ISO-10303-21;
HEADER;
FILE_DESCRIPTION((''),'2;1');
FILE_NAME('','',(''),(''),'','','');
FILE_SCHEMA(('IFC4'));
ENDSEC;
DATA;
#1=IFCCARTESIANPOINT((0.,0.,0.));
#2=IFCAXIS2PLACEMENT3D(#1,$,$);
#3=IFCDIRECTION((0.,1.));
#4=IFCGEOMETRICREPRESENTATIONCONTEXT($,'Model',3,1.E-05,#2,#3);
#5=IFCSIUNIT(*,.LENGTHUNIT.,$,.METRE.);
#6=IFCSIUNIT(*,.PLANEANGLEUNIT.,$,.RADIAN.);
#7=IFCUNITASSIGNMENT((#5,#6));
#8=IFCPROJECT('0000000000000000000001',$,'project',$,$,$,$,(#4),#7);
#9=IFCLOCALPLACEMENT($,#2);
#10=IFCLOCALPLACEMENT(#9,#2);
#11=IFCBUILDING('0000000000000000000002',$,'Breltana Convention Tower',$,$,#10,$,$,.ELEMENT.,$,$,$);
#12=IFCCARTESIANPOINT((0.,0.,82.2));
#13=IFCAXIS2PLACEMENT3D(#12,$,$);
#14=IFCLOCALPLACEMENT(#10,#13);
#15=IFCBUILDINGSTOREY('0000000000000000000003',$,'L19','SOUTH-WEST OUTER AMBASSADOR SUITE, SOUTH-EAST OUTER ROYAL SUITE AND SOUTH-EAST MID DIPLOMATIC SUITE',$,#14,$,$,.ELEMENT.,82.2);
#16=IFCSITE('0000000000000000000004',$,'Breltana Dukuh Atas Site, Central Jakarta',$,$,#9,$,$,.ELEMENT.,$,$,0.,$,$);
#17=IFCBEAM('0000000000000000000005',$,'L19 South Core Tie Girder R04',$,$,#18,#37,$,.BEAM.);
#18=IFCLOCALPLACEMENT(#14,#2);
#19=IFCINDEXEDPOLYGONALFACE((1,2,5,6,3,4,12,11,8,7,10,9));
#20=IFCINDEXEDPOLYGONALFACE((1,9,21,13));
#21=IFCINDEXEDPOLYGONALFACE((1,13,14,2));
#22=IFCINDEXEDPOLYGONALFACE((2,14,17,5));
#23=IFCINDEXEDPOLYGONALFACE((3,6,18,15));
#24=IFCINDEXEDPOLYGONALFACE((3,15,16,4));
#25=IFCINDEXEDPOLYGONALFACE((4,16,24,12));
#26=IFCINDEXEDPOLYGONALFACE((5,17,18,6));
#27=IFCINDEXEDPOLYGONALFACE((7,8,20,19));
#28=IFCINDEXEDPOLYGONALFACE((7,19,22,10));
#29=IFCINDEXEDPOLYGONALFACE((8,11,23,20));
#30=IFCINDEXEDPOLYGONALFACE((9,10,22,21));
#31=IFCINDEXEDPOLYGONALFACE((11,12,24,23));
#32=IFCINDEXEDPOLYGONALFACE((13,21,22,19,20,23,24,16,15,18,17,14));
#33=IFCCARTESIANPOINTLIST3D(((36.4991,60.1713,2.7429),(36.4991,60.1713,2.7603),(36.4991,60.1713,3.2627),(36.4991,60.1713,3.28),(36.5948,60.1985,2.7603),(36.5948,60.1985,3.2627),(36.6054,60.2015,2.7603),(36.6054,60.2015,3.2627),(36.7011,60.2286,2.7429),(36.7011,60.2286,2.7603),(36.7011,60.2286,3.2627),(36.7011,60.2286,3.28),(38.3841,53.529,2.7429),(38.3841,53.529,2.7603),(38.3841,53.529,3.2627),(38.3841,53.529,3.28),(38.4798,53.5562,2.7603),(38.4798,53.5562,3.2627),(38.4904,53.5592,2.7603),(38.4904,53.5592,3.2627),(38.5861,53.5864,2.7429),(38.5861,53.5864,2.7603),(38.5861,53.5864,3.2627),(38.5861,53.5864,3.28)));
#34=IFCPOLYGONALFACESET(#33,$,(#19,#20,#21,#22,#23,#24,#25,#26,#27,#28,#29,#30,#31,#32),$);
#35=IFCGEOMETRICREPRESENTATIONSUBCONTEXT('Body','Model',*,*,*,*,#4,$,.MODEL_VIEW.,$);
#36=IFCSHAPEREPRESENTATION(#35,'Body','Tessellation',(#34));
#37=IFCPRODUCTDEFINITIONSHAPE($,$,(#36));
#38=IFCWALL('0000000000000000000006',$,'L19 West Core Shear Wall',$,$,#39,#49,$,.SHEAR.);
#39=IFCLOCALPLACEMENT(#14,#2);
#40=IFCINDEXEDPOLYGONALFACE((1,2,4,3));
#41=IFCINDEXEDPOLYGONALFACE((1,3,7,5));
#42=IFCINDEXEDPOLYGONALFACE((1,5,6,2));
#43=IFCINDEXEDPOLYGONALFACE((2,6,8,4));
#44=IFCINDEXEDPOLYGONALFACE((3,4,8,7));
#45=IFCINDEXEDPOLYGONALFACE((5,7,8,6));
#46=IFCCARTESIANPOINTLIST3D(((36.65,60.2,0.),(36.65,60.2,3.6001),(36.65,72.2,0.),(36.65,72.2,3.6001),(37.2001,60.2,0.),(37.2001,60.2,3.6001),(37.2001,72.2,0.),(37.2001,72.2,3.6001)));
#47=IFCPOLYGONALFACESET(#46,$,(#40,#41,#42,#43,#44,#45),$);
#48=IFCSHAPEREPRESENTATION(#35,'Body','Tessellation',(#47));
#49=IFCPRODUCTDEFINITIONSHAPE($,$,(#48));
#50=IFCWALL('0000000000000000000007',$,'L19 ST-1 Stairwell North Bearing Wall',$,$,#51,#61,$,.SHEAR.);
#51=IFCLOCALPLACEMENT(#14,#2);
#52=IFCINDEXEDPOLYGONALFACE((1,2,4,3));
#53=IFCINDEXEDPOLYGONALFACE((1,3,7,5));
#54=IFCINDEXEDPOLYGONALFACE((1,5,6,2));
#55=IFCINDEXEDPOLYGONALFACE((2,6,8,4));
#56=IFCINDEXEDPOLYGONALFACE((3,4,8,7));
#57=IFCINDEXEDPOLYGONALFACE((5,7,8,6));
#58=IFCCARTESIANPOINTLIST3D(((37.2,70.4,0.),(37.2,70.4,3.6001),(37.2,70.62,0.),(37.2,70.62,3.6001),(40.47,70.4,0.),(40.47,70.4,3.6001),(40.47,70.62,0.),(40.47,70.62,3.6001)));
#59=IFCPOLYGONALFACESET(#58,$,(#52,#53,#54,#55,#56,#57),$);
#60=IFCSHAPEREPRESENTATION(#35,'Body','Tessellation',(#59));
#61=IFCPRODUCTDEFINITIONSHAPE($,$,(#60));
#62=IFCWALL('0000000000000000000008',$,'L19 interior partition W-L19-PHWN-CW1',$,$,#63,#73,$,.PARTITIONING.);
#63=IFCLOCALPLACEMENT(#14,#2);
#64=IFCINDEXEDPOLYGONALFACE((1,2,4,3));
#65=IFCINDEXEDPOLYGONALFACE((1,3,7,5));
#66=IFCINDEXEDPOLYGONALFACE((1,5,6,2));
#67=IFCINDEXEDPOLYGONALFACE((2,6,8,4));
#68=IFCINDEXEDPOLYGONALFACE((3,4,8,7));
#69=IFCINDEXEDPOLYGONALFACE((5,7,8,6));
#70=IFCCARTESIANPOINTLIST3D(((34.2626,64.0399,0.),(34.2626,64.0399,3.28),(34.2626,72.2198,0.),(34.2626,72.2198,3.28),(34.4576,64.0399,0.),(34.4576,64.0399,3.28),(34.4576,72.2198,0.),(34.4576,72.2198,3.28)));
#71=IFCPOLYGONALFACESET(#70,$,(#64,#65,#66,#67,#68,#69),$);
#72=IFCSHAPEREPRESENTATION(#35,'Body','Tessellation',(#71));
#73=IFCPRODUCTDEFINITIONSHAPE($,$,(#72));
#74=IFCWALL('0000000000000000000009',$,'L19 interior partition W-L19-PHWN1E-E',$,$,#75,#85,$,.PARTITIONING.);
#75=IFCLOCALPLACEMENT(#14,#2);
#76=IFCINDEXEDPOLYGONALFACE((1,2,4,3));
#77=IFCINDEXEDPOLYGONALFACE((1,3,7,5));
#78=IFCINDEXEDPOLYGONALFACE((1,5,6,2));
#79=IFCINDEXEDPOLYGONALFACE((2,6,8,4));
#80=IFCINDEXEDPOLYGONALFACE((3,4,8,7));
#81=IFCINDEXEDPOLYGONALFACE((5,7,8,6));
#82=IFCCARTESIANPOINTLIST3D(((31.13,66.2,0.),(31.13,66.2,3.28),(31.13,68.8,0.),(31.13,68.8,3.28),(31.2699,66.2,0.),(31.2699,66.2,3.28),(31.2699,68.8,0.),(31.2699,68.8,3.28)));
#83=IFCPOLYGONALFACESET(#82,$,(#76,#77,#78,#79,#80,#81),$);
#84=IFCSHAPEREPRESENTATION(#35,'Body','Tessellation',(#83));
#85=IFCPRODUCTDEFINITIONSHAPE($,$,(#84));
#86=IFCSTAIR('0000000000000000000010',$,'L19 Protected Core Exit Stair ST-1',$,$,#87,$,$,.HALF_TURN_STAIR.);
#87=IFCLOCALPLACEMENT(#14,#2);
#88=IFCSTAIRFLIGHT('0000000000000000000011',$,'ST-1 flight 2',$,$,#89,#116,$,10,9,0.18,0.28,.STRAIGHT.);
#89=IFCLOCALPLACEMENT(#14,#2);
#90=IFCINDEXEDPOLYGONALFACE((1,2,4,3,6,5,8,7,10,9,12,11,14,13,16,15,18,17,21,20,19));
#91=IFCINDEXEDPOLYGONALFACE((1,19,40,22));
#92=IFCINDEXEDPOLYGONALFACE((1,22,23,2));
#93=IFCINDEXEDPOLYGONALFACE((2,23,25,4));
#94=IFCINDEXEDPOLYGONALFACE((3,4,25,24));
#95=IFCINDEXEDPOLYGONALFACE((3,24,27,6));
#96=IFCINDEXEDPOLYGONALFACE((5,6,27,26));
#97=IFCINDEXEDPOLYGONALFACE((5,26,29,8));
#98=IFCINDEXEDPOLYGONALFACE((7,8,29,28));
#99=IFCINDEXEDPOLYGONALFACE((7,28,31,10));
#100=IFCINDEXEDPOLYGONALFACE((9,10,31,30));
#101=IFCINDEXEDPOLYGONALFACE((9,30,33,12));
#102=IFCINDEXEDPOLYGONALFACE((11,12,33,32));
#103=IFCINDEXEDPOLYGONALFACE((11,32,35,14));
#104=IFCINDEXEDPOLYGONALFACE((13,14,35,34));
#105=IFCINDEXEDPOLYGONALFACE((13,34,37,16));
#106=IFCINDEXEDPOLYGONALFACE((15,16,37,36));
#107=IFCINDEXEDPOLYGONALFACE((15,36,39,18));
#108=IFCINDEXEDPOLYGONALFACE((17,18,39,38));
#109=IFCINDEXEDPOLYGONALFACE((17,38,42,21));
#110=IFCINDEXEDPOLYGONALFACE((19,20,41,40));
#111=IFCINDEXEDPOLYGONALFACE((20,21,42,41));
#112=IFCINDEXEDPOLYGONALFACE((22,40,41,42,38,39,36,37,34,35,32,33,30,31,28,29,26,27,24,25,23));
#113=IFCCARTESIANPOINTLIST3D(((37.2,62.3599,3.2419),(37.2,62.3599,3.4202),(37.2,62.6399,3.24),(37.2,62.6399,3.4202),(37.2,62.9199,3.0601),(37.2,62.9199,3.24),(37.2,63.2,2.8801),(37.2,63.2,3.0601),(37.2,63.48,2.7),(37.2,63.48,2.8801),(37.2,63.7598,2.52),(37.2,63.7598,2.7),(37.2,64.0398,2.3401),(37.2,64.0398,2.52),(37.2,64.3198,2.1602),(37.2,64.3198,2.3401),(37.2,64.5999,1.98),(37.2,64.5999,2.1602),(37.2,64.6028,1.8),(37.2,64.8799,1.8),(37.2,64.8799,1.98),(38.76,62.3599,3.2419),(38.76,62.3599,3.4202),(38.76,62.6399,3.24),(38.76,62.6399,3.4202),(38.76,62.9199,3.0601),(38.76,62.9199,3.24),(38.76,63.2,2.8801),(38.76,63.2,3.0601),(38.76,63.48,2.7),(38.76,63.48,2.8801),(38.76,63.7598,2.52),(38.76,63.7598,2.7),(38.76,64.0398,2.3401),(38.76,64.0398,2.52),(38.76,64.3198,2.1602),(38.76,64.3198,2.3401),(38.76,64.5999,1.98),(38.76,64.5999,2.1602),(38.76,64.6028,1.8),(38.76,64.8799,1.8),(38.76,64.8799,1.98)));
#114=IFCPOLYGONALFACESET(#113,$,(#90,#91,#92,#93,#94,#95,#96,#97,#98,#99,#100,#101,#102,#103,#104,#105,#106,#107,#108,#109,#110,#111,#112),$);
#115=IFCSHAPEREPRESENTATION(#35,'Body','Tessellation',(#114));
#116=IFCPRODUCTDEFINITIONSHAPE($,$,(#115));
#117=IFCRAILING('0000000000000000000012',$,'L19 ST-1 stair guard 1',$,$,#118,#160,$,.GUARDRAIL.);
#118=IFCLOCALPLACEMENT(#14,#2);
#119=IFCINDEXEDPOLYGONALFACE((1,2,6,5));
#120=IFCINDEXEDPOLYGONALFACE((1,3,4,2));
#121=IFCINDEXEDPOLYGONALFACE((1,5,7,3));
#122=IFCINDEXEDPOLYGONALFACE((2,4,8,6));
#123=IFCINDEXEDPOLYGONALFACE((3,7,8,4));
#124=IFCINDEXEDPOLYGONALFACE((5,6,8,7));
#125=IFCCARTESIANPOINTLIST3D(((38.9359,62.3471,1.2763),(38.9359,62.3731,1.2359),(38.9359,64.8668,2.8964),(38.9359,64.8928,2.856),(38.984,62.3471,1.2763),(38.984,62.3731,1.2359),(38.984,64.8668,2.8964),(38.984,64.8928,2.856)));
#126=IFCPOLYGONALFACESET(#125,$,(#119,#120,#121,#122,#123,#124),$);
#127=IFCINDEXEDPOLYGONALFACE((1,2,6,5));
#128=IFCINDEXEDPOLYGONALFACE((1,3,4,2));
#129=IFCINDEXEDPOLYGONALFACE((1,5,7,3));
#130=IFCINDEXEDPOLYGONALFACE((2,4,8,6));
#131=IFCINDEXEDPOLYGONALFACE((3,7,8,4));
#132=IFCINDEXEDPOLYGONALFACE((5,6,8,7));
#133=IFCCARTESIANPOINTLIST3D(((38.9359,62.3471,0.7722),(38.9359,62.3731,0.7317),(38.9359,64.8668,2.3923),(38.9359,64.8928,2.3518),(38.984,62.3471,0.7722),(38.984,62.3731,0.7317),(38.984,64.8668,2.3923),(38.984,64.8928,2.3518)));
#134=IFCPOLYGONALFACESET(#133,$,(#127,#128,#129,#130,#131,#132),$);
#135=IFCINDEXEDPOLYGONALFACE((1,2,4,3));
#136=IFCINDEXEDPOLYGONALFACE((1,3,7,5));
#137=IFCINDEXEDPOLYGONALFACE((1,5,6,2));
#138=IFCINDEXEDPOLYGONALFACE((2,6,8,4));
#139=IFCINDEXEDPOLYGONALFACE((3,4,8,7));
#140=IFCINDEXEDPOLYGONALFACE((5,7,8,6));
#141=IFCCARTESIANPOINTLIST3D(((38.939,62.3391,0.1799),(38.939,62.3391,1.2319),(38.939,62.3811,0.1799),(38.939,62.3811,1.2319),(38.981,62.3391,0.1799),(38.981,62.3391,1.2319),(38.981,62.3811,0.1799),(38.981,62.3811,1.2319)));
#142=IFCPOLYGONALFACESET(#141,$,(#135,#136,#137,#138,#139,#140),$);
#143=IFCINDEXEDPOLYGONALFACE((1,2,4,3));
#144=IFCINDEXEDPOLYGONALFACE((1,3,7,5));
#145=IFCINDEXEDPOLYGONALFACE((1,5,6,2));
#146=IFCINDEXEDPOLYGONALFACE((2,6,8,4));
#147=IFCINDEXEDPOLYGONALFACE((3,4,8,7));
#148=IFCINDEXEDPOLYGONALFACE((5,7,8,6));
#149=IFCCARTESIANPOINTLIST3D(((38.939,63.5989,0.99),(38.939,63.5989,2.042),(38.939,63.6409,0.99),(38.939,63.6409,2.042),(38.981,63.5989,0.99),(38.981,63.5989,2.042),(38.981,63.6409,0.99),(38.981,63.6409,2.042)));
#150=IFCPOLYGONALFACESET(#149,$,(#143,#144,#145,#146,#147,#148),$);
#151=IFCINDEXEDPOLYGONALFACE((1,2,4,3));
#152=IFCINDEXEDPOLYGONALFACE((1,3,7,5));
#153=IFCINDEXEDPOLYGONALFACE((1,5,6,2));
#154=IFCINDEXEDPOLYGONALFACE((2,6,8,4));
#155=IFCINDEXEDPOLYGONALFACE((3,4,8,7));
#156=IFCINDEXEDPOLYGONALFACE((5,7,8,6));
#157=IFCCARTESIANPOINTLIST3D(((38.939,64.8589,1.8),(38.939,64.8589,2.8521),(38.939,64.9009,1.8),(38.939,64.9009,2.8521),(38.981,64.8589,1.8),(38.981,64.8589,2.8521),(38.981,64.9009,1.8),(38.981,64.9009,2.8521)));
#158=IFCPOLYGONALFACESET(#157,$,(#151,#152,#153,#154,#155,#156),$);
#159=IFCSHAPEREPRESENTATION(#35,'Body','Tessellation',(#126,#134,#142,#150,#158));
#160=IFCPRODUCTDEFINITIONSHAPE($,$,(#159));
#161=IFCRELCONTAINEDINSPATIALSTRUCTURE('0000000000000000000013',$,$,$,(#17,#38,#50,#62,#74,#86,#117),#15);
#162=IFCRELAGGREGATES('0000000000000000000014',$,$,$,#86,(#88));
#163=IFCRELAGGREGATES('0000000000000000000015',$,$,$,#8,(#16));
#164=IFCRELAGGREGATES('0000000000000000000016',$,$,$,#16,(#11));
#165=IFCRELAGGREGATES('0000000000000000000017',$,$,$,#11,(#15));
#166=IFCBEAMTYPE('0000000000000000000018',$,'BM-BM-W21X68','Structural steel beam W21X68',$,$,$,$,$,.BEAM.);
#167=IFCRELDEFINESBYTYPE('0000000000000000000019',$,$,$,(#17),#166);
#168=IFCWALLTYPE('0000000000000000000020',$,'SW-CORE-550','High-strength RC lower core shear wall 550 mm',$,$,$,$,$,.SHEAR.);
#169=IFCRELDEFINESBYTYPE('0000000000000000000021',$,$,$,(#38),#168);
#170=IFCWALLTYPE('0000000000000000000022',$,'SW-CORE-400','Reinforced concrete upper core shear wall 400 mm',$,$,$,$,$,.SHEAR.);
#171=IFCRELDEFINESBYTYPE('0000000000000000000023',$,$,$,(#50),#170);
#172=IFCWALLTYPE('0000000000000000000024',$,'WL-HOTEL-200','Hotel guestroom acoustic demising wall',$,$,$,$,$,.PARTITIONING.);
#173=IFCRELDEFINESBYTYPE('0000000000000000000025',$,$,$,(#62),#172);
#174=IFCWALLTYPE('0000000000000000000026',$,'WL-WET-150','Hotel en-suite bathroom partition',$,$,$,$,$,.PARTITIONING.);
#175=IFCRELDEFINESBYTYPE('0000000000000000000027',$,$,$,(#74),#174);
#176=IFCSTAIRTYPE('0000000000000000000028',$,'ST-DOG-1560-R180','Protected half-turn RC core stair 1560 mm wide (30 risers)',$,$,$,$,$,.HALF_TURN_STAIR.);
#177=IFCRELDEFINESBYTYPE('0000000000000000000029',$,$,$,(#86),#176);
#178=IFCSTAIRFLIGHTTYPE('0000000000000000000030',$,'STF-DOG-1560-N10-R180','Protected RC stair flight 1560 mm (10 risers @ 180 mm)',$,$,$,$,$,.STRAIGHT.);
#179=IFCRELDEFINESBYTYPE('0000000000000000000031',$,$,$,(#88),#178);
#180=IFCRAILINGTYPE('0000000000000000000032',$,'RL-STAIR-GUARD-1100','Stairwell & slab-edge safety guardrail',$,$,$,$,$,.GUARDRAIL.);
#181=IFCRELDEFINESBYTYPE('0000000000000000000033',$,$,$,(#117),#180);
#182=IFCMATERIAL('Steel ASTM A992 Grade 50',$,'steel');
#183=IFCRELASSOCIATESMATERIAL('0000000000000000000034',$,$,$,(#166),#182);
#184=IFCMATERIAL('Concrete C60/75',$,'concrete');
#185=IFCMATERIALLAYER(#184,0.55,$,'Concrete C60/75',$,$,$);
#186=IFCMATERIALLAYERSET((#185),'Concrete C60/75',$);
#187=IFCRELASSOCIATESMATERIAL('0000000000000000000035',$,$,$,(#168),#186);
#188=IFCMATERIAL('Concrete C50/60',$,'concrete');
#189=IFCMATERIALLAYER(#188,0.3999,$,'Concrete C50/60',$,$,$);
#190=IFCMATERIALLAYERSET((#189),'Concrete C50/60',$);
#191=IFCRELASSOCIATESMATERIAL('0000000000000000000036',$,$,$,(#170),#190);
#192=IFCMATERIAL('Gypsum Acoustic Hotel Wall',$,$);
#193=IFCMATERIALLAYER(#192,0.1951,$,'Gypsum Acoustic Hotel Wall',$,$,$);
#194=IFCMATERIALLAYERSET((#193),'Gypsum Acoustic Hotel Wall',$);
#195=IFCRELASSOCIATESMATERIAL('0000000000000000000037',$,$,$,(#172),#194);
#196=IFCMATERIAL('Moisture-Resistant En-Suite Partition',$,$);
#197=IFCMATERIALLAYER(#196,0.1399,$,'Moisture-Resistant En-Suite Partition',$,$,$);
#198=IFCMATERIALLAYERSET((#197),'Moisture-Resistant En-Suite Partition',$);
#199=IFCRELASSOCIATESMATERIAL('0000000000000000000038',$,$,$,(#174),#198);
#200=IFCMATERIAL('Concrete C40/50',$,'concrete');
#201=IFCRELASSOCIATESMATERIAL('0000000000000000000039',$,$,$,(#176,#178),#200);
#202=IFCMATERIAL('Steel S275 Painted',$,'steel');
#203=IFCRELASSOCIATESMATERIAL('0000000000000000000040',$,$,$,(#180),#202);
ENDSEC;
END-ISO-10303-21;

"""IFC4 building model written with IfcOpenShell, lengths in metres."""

from ifc_helpers import new_model, si_unit, direction, frame, frame_2d, origin, origin_2d, place, context, subcontext, project, spatial, polyline, rectangle, i_section, outline, extrude, source, transform, mapped, material, layer, layer_set, material_profile, profile_set, type_object, type_shapes, element, aggregate, save


model = new_model("IFC4")

# Units and contexts
model_context = context("Model", 3, precision=1e-05, world=origin(), true_north=direction((0.0, 1.0)))
body_context = subcontext(model_context, "Body", "Model", "MODEL_VIEW")
ifc_project = project(units=[si_unit("LENGTHUNIT", "METRE"), si_unit("PLANEANGLEUNIT", "RADIAN")], contexts=[model_context])

# Site, building, storey
site_placement = place(None, origin())
site = spatial("IfcSite", under=ifc_project, at=site_placement, Name="Breltana Dukuh Atas Site, Central Jakarta", CompositionType="ELEMENT", RefElevation=0.0)
building_placement = place(site_placement, origin())
building = spatial("IfcBuilding", under=site, at=building_placement, Name="Breltana Convention Tower", CompositionType="ELEMENT")
storey_placement = place(building_placement, frame((0.0, 0.0, 82.2)))
storey = spatial("IfcBuildingStorey", under=building, at=storey_placement, Name="L19", Description="SOUTH-WEST OUTER AMBASSADOR SUITE, SOUTH-EAST OUTER ROYAL SUITE AND SOUTH-EAST MID DIPLOMATIC SUITE", CompositionType="ELEMENT", Elevation=82.2)

# Beam
ifc_material_1 = material(Name="Steel ASTM A992 Grade 50", Category="steel")
ifc_material_profile = material_profile(ifc_material_1, i_section(OverallWidth=0.21, OverallDepth=0.5371, WebThickness=0.011, FlangeThickness=0.0173, at=origin_2d()), Name="W21X68")
ifc_profile_set = profile_set([ifc_material_profile], Name="Steel ASTM A992 Grade 50")
beam_type = type_object("IfcBeamType", Name="BM-BM-W21X68", Description="Structural steel beam W21X68", PredefinedType="BEAM", material=ifc_profile_set)
shared_shape_1 = source(origin(), body_context, "Body", "SweptSolid", [
    extrude(i_section(OverallWidth=0.21, OverallDepth=0.5371, WebThickness=0.011, FlangeThickness=0.0173, at=origin_2d()), origin(), (0.0, 0.0, 1.0), 6.9045),
])
type_shapes(beam_type, [shared_shape_1])
beam_placement = place(storey_placement, frame((36.6001, 60.2, 3.0115), z_axis=(0.273007, -0.962012, 0.0), x_axis=(0.962012, 0.273007, 0.0)))
element("IfcBeam", 1, at=beam_placement, inside=storey, type_object=beam_type, Name="L19 South Core Tie Girder R04", PredefinedType="BEAM", context=body_context, shape_type="MappedRepresentation", body=[
    mapped(shared_shape_1, transform((0.0, 0.0, 0.0), scale=1.0)),
])

# Wall
ifc_material_2 = material(Name="Concrete C60/75", Category="concrete")
ifc_layer_1 = layer(ifc_material_2, 0.55, Name="Concrete C60/75")
ifc_layer_set_1 = layer_set([ifc_layer_1], Name="Concrete C60/75")
wall_type_1 = type_object("IfcWallType", Name="SW-CORE-550", Description="High-strength RC lower core shear wall 550 mm", PredefinedType="SHEAR", material=ifc_layer_set_1)
shared_shape_2 = source(origin(), body_context, "Body", "SweptSolid", [
    extrude(rectangle(XDim=12.0, YDim=0.55, at=frame_2d((6.0, 0.0))), origin(), (0.0, 0.0, 1.0), 3.6001),
])
wall_1_placement = place(storey_placement, frame((36.925, 60.2, 0.0), z_axis=(0.0, 0.0, 1.0), x_axis=(0.0, 1.0, 0.0)))
element("IfcWall", 2, at=wall_1_placement, inside=storey, type_object=wall_type_1, Name="L19 West Core Shear Wall", PredefinedType="SHEAR", context=body_context, shape_type="MappedRepresentation", body=[
    mapped(shared_shape_2, transform((0.0, 0.0, 0.0), scale=1.0)),
])

# Walls
ifc_material_3 = material(Name="Concrete C50/60", Category="concrete")
ifc_layer_2 = layer(ifc_material_3, 0.3999, Name="Concrete C50/60")
ifc_layer_set_2 = layer_set([ifc_layer_2], Name="Concrete C50/60")
wall_type_2 = type_object("IfcWallType", Name="SW-CORE-400", Description="Reinforced concrete upper core shear wall 400 mm", PredefinedType="SHEAR", material=ifc_layer_set_2)
shared_shape_3 = source(origin(), body_context, "Body", "SweptSolid", [
    extrude(rectangle(XDim=3.27, YDim=0.22, at=frame_2d((1.635, 0.0))), origin(), (0.0, 0.0, 1.0), 3.6001),
])
wall_2_placement = place(storey_placement, frame((37.2, 70.51, 0.0), z_axis=(0.0, 0.0, 1.0), x_axis=(1.0, 0.0, 0.0)))
element("IfcWall", 3, at=wall_2_placement, inside=storey, type_object=wall_type_2, Name="L19 ST-1 Stairwell North Bearing Wall", PredefinedType="SHEAR", context=body_context, shape_type="MappedRepresentation", body=[
    mapped(shared_shape_3, transform((0.0, 0.0, 0.0), scale=1.0)),
])
ifc_material_4 = material(Name="Gypsum Acoustic Hotel Wall")
ifc_layer_3 = layer(ifc_material_4, 0.1951, Name="Gypsum Acoustic Hotel Wall")
ifc_layer_set_3 = layer_set([ifc_layer_3], Name="Gypsum Acoustic Hotel Wall")
wall_type_3 = type_object("IfcWallType", Name="WL-HOTEL-200", Description="Hotel guestroom acoustic demising wall", PredefinedType="PARTITIONING", material=ifc_layer_set_3)
shared_shape_4 = source(origin(), body_context, "Body", "SweptSolid", [
    extrude(rectangle(XDim=8.1799, YDim=0.1951, at=frame_2d((4.0898, 0.0))), origin(), (0.0, 0.0, 1.0), 3.28),
])
wall_3_placement = place(storey_placement, frame((34.3601, 64.04, 0.0), z_axis=(0.0, 0.0, 1.0), x_axis=(0.0, 1.0, 0.0)))
element("IfcWall", 4, at=wall_3_placement, inside=storey, type_object=wall_type_3, Name="L19 interior partition W-L19-PHWN-CW1", PredefinedType="PARTITIONING", context=body_context, shape_type="MappedRepresentation", body=[
    mapped(shared_shape_4, transform((0.0, 0.0, 0.0), scale=1.0)),
])
ifc_material_5 = material(Name="Moisture-Resistant En-Suite Partition")
ifc_layer_4 = layer(ifc_material_5, 0.1399, Name="Moisture-Resistant En-Suite Partition")
ifc_layer_set_4 = layer_set([ifc_layer_4], Name="Moisture-Resistant En-Suite Partition")
wall_type_4 = type_object("IfcWallType", Name="WL-WET-150", Description="Hotel en-suite bathroom partition", PredefinedType="PARTITIONING", material=ifc_layer_set_4)
shared_shape_5 = source(origin(), body_context, "Body", "SweptSolid", [
    extrude(rectangle(XDim=2.6001, YDim=0.1399, at=frame_2d((1.3, 0.0))), origin(), (0.0, 0.0, 1.0), 3.28),
])
wall_4_placement = place(storey_placement, frame((31.2, 66.2, 0.0), z_axis=(0.0, 0.0, 1.0), x_axis=(0.0, 1.0, 0.0)))
element("IfcWall", 5, at=wall_4_placement, inside=storey, type_object=wall_type_4, Name="L19 interior partition W-L19-PHWN1E-E", PredefinedType="PARTITIONING", context=body_context, shape_type="MappedRepresentation", body=[
    mapped(shared_shape_5, transform((0.0, 0.0, 0.0), scale=1.0)),
])

# Stair, stair flight
ifc_material_6 = material(Name="Concrete C40/50", Category="concrete")
stair_type = type_object("IfcStairType", Name="ST-DOG-1560-R180", Description="Protected half-turn RC core stair 1560 mm wide (30 risers)", PredefinedType="HALF_TURN_STAIR", material=ifc_material_6)
stair_placement = place(storey_placement, origin())
stair = element("IfcStair", 6, at=stair_placement, inside=storey, type_object=stair_type, Name="L19 Protected Core Exit Stair ST-1", PredefinedType="HALF_TURN_STAIR")
stair_flight_type = type_object("IfcStairFlightType", Name="STF-DOG-1560-N10-R180", Description="Protected RC stair flight 1560 mm (10 risers @ 180 mm)", PredefinedType="STRAIGHT", material=ifc_material_6)
stair_flight_placement = place(storey_placement, frame((37.98, 64.8799, 1.8), z_axis=(0.0, 0.0, 1.0), x_axis=(0.0, -1.0, 0.0)))
stair_flight = element("IfcStairFlight", 7, at=stair_flight_placement, type_object=stair_flight_type, Name="ST-1 flight 2", NumberOfRisers=10, NumberOfTreads=9, PredefinedType="STRAIGHT", RiserHeight=0.18, TreadLength=0.28, context=body_context, shape_type="SweptSolid", body=[
    extrude(outline(polyline([(0.0, 0.0), (0.0, 0.1799), (0.28, 0.1799), (0.28, 0.3601), (0.5601, 0.3601), (0.5601, 0.54), (0.8401, 0.54), (0.8401, 0.72), (1.1201, 0.72), (1.1201, 0.8999), (1.3999, 0.8999), (1.3999, 1.0801), (1.6799, 1.0801), (1.6799, 1.26), (1.96, 1.26), (1.96, 1.4399), (2.24, 1.4399), (2.24, 1.6201), (2.52, 1.6201), (2.52, 1.8), (2.52, 1.4419), (0.2771, 0.0), (0.0, 0.0)])), frame((0.0, 0.78, 0.0), z_axis=(0.0, -1.0, 0.0), x_axis=(1.0, 0.0, 0.0)), (0.0, 0.0, 1.0), 1.5601),
])
aggregate(stair, [stair_flight])

# Railing
ifc_material_7 = material(Name="Steel S275 Painted", Category="steel")
railing_type_1 = type_object("IfcRailingType", Name="RL-STAIR-GUARD-1100", Description="Stairwell & slab-edge safety guardrail", PredefinedType="GUARDRAIL", material=ifc_material_7)
railing_1_placement = place(storey_placement, frame((38.96, 62.3601, 0.1799)))
element("IfcRailing", 8, at=railing_1_placement, inside=storey, type_object=railing_type_1, Name="L19 ST-1 stair guard 1", PredefinedType="GUARDRAIL", context=body_context, shape_type="SweptSolid", body=[
    extrude(rectangle(XDim=0.0481, YDim=0.0481, at=origin_2d()), frame((0.0, 0.0, 1.0762), z_axis=(0.0, 0.841139, 0.540819), x_axis=(-1.0, 0.0, 0.0)), (0.0, 0.0, 1.0), 2.9956),
    extrude(rectangle(XDim=0.0481, YDim=0.0481, at=origin_2d()), frame((0.0, 0.0, 0.572), z_axis=(0.0, 0.841139, 0.540819), x_axis=(-1.0, 0.0, 0.0)), (0.0, 0.0, 1.0), 2.9956),
    extrude(rectangle(XDim=0.042, YDim=0.042, at=origin_2d()), origin(), (0.0, 0.0, 1.0), 1.052),
    extrude(rectangle(XDim=0.042, YDim=0.042, at=origin_2d()), frame((0.0, 1.2598, 0.8101)), (0.0, 0.0, 1.0), 1.052),
    extrude(rectangle(XDim=0.042, YDim=0.042, at=origin_2d()), frame((0.0, 2.5198, 1.6201)), (0.0, 0.0, 1.0), 1.052),
])

save(model, "model.ifc")
